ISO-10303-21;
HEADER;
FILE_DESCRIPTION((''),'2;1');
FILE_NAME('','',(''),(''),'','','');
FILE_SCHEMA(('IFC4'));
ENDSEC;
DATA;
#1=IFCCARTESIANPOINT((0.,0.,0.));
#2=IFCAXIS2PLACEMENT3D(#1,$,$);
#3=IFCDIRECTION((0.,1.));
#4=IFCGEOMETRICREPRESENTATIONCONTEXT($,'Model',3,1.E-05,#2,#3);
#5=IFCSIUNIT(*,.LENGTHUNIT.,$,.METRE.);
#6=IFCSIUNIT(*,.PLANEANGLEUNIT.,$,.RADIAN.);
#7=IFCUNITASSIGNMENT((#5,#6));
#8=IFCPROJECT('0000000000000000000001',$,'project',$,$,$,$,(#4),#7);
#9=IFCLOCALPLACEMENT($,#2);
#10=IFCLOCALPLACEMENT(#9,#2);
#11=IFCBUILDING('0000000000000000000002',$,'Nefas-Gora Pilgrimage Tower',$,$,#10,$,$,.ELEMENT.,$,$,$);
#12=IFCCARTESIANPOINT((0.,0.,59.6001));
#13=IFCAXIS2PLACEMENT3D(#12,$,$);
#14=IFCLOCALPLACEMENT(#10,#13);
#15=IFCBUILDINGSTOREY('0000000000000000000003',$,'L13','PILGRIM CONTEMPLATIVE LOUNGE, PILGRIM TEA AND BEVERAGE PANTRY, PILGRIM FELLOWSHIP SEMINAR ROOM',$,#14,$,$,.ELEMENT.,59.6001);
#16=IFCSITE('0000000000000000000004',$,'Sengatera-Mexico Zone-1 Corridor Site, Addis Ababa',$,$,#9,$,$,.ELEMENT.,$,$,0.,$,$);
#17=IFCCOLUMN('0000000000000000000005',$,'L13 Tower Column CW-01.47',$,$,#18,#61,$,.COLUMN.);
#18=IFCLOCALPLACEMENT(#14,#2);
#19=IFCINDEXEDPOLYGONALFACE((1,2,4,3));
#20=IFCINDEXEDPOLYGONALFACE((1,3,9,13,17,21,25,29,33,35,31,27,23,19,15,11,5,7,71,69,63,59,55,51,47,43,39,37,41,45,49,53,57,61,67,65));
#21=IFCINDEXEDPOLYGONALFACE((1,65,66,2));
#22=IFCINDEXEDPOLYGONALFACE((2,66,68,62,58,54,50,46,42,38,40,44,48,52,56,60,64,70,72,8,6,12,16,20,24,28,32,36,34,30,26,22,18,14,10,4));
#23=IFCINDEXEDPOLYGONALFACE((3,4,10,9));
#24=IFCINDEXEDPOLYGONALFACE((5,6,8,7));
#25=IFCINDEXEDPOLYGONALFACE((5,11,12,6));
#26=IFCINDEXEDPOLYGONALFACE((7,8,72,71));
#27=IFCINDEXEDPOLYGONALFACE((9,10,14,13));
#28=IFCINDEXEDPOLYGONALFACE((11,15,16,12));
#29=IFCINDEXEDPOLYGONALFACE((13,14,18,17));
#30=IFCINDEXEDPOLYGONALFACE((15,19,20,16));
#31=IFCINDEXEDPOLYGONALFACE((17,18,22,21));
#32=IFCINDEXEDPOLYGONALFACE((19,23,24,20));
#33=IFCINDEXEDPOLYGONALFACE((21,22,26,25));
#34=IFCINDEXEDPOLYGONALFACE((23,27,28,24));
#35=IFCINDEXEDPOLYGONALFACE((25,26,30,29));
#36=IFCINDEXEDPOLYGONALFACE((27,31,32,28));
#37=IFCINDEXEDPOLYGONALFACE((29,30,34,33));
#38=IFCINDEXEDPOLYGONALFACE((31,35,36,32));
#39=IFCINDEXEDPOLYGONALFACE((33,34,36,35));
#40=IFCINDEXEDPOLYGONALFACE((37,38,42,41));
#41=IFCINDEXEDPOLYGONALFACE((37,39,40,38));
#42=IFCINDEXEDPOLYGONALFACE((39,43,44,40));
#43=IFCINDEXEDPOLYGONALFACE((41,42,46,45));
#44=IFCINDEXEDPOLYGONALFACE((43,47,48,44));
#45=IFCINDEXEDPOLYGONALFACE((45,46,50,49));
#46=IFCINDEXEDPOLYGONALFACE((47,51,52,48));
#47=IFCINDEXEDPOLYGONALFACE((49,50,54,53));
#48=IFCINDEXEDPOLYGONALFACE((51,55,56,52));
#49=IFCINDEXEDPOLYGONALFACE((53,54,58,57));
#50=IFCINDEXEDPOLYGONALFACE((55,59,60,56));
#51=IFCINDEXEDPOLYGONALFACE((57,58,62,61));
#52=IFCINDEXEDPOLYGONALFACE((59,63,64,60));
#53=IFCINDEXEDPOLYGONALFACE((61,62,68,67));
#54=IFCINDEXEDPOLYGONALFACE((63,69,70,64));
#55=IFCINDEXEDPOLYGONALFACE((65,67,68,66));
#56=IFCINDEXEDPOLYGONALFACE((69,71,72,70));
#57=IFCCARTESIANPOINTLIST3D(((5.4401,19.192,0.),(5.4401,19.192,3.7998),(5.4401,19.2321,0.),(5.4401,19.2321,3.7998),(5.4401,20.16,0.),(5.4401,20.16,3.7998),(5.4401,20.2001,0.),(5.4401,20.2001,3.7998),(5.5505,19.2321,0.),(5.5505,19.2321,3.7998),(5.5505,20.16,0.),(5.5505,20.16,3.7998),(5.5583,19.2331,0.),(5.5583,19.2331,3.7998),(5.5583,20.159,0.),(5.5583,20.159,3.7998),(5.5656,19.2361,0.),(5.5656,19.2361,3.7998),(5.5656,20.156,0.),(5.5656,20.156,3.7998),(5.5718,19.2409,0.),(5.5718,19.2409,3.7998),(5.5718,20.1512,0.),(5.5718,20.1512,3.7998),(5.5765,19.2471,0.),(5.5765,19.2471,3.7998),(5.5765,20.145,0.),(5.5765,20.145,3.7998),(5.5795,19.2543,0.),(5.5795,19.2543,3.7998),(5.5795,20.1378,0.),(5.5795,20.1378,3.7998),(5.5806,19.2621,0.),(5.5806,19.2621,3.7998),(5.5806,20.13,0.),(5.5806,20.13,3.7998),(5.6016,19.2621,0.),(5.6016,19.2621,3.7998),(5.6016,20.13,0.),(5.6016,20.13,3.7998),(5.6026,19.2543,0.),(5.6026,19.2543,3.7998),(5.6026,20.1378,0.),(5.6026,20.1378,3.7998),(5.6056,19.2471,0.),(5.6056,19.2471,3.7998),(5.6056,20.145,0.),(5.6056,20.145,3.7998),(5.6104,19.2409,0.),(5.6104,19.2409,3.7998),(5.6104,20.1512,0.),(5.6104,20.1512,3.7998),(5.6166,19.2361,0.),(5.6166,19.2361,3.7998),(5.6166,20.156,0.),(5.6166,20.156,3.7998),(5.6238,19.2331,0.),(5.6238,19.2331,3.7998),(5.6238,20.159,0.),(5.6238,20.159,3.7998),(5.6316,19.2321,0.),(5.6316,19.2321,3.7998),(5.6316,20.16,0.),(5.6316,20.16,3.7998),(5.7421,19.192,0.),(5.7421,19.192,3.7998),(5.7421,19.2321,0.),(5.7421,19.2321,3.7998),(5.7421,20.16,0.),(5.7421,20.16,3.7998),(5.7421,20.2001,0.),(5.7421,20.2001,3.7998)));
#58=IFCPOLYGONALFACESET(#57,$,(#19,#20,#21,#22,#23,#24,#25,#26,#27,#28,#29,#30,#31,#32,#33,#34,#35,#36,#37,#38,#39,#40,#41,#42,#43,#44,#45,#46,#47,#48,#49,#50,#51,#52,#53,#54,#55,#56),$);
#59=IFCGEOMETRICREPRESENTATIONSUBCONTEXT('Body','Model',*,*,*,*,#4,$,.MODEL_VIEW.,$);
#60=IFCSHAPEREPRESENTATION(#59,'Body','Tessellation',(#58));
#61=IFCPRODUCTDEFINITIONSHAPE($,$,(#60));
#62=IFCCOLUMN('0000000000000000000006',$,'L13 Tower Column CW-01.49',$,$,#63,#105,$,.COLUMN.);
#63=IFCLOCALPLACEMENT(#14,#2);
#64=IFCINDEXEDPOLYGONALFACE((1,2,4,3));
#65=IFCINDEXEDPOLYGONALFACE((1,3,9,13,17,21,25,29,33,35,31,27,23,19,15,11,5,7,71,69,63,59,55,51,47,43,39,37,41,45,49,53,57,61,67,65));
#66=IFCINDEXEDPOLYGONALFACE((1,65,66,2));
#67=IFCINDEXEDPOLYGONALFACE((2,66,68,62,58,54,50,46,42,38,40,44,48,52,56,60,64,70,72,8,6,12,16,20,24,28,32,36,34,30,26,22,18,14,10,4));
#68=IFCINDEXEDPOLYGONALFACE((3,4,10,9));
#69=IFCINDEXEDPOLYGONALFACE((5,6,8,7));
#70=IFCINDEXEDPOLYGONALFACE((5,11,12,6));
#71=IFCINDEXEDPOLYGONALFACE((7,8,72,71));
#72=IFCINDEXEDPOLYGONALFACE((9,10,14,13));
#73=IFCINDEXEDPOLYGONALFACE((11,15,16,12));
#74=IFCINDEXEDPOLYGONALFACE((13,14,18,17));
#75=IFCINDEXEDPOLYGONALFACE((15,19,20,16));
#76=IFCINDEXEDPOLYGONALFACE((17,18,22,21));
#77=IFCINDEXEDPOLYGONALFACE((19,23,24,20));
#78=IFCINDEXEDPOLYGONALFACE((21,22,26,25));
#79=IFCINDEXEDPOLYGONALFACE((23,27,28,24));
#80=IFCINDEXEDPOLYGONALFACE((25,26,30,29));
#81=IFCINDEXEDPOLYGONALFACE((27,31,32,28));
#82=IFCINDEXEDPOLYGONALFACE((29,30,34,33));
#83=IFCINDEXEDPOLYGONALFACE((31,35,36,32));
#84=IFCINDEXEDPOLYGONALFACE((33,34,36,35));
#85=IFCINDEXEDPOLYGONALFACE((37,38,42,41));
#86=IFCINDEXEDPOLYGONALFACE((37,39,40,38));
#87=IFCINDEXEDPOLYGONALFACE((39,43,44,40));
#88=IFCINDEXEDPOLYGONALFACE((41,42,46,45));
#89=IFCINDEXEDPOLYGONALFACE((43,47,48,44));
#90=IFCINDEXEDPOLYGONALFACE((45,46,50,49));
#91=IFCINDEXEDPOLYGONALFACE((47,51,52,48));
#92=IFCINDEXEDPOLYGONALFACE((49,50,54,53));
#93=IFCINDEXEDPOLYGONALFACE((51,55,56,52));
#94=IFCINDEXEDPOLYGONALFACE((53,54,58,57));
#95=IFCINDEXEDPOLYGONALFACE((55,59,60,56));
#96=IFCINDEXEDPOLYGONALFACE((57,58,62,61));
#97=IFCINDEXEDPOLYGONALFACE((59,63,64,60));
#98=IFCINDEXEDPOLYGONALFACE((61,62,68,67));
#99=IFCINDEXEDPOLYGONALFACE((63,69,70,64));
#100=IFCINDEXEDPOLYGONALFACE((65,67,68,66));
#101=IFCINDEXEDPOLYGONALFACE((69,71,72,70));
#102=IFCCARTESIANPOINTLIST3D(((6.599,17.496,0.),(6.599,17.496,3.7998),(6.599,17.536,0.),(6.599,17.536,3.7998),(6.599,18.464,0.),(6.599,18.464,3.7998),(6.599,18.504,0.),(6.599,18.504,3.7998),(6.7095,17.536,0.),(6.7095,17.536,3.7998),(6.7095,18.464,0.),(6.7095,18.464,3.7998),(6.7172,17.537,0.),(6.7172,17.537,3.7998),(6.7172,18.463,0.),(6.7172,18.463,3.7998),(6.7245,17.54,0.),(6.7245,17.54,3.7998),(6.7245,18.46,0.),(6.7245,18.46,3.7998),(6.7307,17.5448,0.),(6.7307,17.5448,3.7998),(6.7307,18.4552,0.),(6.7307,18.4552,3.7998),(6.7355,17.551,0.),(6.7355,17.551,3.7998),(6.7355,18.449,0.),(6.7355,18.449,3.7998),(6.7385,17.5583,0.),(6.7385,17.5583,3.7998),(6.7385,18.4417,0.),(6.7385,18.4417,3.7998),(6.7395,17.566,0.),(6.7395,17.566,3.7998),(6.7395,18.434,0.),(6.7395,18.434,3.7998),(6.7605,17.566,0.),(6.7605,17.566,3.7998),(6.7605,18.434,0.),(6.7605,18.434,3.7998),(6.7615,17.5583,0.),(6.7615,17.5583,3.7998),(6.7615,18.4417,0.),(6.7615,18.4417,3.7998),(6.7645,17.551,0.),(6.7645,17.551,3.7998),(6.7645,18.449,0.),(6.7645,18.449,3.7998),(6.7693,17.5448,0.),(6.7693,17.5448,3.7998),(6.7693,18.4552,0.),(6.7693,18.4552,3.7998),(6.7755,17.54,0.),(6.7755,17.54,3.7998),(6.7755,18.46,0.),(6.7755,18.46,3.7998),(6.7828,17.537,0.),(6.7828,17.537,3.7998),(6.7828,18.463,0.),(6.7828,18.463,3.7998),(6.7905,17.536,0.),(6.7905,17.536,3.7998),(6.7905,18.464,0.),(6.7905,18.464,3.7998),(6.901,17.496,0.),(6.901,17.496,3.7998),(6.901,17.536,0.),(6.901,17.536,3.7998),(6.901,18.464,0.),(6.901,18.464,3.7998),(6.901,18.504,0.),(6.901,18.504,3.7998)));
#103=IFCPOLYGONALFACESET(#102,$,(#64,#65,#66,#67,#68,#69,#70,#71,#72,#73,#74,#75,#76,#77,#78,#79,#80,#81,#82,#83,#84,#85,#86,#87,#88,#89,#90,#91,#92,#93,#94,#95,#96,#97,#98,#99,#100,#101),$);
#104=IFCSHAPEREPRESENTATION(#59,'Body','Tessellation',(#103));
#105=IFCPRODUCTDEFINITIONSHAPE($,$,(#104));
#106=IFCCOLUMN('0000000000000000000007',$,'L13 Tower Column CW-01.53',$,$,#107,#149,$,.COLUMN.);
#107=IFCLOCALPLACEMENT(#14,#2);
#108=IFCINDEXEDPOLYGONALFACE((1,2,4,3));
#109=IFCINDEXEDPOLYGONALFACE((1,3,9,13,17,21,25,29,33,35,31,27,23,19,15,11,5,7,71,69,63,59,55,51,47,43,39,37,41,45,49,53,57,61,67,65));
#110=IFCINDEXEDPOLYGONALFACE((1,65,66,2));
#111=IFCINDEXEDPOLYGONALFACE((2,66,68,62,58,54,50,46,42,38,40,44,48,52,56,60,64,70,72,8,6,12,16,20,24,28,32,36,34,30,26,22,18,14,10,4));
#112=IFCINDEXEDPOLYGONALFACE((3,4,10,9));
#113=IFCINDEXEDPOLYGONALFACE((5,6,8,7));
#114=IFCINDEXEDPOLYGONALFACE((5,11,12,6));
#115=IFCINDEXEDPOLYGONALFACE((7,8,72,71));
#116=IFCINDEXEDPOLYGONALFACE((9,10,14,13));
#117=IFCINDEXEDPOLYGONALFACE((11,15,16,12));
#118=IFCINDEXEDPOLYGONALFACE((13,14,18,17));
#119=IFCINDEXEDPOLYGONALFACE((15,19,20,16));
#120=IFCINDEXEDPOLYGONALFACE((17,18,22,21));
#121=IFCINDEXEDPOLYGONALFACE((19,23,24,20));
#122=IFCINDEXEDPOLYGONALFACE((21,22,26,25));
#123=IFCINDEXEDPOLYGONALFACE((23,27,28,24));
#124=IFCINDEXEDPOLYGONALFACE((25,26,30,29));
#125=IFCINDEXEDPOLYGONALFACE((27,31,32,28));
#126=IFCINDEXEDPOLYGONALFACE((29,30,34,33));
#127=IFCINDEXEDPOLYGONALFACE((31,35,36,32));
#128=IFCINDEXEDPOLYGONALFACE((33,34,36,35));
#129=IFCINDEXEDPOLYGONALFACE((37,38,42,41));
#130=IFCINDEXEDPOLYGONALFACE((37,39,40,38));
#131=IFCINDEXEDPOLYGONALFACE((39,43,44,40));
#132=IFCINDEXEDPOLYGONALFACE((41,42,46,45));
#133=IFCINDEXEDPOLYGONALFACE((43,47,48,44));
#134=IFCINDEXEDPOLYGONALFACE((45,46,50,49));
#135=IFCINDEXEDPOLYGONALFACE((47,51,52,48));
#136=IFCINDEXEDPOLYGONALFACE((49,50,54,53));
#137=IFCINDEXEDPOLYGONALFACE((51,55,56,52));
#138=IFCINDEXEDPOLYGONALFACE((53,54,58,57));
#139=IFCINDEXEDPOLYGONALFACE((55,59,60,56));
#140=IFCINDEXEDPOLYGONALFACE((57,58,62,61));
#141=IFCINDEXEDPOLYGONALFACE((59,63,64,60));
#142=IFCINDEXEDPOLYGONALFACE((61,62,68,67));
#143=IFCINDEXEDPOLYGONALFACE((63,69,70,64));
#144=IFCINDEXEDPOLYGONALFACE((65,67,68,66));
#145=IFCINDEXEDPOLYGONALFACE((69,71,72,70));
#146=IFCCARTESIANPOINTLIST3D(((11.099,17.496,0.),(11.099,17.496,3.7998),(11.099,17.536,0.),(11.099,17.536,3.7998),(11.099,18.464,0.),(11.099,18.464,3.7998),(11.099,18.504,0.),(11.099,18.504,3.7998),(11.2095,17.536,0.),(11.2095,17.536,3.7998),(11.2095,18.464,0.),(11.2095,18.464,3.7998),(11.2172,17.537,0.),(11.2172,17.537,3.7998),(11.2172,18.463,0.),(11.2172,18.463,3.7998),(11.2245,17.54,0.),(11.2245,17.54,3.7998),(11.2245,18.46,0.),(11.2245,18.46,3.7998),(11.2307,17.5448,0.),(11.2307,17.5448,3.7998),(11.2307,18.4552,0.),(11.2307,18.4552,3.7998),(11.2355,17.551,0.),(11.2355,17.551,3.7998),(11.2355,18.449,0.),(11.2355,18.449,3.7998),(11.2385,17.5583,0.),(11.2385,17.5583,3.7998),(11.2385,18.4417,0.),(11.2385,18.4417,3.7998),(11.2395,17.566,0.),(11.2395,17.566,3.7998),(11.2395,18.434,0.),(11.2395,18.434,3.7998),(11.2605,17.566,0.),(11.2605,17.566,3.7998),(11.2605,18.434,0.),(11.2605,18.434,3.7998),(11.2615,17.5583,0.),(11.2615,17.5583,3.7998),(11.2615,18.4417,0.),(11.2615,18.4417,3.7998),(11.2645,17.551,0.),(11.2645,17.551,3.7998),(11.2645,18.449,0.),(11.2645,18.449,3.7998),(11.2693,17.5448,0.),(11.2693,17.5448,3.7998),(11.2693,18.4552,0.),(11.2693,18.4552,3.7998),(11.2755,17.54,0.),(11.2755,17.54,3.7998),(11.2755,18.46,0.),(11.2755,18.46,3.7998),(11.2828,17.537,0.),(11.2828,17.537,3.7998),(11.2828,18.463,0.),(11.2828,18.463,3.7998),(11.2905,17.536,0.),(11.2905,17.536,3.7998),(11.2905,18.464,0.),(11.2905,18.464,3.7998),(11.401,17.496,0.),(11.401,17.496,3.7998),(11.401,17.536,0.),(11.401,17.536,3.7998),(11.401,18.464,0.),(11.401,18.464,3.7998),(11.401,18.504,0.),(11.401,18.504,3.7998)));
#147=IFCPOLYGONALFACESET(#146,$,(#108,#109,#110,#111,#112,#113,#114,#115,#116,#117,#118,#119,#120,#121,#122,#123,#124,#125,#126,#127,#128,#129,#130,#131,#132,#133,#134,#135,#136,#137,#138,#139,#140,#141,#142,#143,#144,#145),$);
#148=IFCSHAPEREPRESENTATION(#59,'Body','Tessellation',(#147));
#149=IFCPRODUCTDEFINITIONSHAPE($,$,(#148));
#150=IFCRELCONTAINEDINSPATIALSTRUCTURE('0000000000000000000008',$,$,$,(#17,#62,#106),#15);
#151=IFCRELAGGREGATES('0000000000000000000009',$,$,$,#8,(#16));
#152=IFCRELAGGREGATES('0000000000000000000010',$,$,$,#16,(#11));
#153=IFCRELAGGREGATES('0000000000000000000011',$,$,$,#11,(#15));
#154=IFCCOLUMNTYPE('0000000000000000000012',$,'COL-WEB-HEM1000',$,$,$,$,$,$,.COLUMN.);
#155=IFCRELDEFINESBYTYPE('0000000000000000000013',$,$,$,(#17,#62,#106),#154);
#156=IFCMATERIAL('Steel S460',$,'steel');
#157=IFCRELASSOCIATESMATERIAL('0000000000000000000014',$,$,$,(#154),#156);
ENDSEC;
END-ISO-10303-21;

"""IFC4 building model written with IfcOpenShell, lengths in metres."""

from ifc_helpers import new_model, si_unit, direction, frame, origin, origin_2d, place, context, subcontext, project, spatial, i_section, extrude, source, transform, mapped, material, material_profile, profile_set, type_object, element, save


model = new_model("IFC4")

# Units and contexts
model_context = context("Model", 3, precision=1e-05, world=origin(), true_north=direction((0.0, 1.0)))
body_context = subcontext(model_context, "Body", "Model", "MODEL_VIEW")
ifc_project = project(units=[si_unit("LENGTHUNIT", "METRE"), si_unit("PLANEANGLEUNIT", "RADIAN")], contexts=[model_context])

# Site, building, storey
site_placement = place(None, origin())
site = spatial("IfcSite", under=ifc_project, at=site_placement, Name="Sengatera-Mexico Zone-1 Corridor Site, Addis Ababa", CompositionType="ELEMENT", RefElevation=0.0)
building_placement = place(site_placement, origin())
building = spatial("IfcBuilding", under=site, at=building_placement, Name="Nefas-Gora Pilgrimage Tower", CompositionType="ELEMENT")
storey_placement = place(building_placement, frame((0.0, 0.0, 59.6001)))
storey = spatial("IfcBuildingStorey", under=building, at=storey_placement, Name="L13", Description="PILGRIM CONTEMPLATIVE LOUNGE, PILGRIM TEA AND BEVERAGE PANTRY, PILGRIM FELLOWSHIP SEMINAR ROOM", CompositionType="ELEMENT", Elevation=59.6001)

# Columns
ifc_material_1 = material(Name="Steel S460", Category="steel")
ifc_material_profile_1 = material_profile(ifc_material_1, i_section(OverallWidth=0.302, OverallDepth=1.0081, WebThickness=0.021, FlangeThickness=0.04, FilletRadius=0.03, at=origin_2d()), Name="HEM 1000")
ifc_profile_set_1 = profile_set([ifc_material_profile_1], Name="Steel S460")
column_type_1 = type_object("IfcColumnType", Name="COL-WEB-HEM1000", PredefinedType="COLUMN", material=ifc_profile_set_1)
shared_shape_1 = source(origin(), body_context, "Body", "SweptSolid", [
    extrude(i_section(OverallWidth=0.302, OverallDepth=1.0081, WebThickness=0.021, FlangeThickness=0.04, FilletRadius=0.03, at=origin_2d()), origin(), (0.0, 0.0, 1.0), 3.7998),
])
for number, where, z_axis, x_axis, name in (
    (1, (5.5911, 19.696, 0.0), (0.0, 0.0, 1.0), (1.0, 0.0, 0.0), "L13 Tower Column CW-01.47"),
    (2, (6.75, 18.0, 0.0), (0.0, 0.0, 1.0), (1.0, 0.0, 0.0), "L13 Tower Column CW-01.49"),
    (3, (11.25, 18.0, 0.0), (0.0, 0.0, 1.0), (1.0, 0.0, 0.0), "L13 Tower Column CW-01.53"),
):
    element("IfcColumn", number, at=place(storey_placement, frame(where, z_axis=z_axis, x_axis=x_axis)), inside=storey, type_object=column_type_1, Name=name, PredefinedType="COLUMN", context=body_context, shape_type="MappedRepresentation", body=[
        mapped(shared_shape_1, transform((0.0, 0.0, 0.0), x_axis=(1.0, 0.0, 0.0), y_axis=(0.0, 1.0, 0.0), z_axis=(0.0, 0.0, 1.0), scale=1.0)),
    ])

save(model, "model.ifc")
